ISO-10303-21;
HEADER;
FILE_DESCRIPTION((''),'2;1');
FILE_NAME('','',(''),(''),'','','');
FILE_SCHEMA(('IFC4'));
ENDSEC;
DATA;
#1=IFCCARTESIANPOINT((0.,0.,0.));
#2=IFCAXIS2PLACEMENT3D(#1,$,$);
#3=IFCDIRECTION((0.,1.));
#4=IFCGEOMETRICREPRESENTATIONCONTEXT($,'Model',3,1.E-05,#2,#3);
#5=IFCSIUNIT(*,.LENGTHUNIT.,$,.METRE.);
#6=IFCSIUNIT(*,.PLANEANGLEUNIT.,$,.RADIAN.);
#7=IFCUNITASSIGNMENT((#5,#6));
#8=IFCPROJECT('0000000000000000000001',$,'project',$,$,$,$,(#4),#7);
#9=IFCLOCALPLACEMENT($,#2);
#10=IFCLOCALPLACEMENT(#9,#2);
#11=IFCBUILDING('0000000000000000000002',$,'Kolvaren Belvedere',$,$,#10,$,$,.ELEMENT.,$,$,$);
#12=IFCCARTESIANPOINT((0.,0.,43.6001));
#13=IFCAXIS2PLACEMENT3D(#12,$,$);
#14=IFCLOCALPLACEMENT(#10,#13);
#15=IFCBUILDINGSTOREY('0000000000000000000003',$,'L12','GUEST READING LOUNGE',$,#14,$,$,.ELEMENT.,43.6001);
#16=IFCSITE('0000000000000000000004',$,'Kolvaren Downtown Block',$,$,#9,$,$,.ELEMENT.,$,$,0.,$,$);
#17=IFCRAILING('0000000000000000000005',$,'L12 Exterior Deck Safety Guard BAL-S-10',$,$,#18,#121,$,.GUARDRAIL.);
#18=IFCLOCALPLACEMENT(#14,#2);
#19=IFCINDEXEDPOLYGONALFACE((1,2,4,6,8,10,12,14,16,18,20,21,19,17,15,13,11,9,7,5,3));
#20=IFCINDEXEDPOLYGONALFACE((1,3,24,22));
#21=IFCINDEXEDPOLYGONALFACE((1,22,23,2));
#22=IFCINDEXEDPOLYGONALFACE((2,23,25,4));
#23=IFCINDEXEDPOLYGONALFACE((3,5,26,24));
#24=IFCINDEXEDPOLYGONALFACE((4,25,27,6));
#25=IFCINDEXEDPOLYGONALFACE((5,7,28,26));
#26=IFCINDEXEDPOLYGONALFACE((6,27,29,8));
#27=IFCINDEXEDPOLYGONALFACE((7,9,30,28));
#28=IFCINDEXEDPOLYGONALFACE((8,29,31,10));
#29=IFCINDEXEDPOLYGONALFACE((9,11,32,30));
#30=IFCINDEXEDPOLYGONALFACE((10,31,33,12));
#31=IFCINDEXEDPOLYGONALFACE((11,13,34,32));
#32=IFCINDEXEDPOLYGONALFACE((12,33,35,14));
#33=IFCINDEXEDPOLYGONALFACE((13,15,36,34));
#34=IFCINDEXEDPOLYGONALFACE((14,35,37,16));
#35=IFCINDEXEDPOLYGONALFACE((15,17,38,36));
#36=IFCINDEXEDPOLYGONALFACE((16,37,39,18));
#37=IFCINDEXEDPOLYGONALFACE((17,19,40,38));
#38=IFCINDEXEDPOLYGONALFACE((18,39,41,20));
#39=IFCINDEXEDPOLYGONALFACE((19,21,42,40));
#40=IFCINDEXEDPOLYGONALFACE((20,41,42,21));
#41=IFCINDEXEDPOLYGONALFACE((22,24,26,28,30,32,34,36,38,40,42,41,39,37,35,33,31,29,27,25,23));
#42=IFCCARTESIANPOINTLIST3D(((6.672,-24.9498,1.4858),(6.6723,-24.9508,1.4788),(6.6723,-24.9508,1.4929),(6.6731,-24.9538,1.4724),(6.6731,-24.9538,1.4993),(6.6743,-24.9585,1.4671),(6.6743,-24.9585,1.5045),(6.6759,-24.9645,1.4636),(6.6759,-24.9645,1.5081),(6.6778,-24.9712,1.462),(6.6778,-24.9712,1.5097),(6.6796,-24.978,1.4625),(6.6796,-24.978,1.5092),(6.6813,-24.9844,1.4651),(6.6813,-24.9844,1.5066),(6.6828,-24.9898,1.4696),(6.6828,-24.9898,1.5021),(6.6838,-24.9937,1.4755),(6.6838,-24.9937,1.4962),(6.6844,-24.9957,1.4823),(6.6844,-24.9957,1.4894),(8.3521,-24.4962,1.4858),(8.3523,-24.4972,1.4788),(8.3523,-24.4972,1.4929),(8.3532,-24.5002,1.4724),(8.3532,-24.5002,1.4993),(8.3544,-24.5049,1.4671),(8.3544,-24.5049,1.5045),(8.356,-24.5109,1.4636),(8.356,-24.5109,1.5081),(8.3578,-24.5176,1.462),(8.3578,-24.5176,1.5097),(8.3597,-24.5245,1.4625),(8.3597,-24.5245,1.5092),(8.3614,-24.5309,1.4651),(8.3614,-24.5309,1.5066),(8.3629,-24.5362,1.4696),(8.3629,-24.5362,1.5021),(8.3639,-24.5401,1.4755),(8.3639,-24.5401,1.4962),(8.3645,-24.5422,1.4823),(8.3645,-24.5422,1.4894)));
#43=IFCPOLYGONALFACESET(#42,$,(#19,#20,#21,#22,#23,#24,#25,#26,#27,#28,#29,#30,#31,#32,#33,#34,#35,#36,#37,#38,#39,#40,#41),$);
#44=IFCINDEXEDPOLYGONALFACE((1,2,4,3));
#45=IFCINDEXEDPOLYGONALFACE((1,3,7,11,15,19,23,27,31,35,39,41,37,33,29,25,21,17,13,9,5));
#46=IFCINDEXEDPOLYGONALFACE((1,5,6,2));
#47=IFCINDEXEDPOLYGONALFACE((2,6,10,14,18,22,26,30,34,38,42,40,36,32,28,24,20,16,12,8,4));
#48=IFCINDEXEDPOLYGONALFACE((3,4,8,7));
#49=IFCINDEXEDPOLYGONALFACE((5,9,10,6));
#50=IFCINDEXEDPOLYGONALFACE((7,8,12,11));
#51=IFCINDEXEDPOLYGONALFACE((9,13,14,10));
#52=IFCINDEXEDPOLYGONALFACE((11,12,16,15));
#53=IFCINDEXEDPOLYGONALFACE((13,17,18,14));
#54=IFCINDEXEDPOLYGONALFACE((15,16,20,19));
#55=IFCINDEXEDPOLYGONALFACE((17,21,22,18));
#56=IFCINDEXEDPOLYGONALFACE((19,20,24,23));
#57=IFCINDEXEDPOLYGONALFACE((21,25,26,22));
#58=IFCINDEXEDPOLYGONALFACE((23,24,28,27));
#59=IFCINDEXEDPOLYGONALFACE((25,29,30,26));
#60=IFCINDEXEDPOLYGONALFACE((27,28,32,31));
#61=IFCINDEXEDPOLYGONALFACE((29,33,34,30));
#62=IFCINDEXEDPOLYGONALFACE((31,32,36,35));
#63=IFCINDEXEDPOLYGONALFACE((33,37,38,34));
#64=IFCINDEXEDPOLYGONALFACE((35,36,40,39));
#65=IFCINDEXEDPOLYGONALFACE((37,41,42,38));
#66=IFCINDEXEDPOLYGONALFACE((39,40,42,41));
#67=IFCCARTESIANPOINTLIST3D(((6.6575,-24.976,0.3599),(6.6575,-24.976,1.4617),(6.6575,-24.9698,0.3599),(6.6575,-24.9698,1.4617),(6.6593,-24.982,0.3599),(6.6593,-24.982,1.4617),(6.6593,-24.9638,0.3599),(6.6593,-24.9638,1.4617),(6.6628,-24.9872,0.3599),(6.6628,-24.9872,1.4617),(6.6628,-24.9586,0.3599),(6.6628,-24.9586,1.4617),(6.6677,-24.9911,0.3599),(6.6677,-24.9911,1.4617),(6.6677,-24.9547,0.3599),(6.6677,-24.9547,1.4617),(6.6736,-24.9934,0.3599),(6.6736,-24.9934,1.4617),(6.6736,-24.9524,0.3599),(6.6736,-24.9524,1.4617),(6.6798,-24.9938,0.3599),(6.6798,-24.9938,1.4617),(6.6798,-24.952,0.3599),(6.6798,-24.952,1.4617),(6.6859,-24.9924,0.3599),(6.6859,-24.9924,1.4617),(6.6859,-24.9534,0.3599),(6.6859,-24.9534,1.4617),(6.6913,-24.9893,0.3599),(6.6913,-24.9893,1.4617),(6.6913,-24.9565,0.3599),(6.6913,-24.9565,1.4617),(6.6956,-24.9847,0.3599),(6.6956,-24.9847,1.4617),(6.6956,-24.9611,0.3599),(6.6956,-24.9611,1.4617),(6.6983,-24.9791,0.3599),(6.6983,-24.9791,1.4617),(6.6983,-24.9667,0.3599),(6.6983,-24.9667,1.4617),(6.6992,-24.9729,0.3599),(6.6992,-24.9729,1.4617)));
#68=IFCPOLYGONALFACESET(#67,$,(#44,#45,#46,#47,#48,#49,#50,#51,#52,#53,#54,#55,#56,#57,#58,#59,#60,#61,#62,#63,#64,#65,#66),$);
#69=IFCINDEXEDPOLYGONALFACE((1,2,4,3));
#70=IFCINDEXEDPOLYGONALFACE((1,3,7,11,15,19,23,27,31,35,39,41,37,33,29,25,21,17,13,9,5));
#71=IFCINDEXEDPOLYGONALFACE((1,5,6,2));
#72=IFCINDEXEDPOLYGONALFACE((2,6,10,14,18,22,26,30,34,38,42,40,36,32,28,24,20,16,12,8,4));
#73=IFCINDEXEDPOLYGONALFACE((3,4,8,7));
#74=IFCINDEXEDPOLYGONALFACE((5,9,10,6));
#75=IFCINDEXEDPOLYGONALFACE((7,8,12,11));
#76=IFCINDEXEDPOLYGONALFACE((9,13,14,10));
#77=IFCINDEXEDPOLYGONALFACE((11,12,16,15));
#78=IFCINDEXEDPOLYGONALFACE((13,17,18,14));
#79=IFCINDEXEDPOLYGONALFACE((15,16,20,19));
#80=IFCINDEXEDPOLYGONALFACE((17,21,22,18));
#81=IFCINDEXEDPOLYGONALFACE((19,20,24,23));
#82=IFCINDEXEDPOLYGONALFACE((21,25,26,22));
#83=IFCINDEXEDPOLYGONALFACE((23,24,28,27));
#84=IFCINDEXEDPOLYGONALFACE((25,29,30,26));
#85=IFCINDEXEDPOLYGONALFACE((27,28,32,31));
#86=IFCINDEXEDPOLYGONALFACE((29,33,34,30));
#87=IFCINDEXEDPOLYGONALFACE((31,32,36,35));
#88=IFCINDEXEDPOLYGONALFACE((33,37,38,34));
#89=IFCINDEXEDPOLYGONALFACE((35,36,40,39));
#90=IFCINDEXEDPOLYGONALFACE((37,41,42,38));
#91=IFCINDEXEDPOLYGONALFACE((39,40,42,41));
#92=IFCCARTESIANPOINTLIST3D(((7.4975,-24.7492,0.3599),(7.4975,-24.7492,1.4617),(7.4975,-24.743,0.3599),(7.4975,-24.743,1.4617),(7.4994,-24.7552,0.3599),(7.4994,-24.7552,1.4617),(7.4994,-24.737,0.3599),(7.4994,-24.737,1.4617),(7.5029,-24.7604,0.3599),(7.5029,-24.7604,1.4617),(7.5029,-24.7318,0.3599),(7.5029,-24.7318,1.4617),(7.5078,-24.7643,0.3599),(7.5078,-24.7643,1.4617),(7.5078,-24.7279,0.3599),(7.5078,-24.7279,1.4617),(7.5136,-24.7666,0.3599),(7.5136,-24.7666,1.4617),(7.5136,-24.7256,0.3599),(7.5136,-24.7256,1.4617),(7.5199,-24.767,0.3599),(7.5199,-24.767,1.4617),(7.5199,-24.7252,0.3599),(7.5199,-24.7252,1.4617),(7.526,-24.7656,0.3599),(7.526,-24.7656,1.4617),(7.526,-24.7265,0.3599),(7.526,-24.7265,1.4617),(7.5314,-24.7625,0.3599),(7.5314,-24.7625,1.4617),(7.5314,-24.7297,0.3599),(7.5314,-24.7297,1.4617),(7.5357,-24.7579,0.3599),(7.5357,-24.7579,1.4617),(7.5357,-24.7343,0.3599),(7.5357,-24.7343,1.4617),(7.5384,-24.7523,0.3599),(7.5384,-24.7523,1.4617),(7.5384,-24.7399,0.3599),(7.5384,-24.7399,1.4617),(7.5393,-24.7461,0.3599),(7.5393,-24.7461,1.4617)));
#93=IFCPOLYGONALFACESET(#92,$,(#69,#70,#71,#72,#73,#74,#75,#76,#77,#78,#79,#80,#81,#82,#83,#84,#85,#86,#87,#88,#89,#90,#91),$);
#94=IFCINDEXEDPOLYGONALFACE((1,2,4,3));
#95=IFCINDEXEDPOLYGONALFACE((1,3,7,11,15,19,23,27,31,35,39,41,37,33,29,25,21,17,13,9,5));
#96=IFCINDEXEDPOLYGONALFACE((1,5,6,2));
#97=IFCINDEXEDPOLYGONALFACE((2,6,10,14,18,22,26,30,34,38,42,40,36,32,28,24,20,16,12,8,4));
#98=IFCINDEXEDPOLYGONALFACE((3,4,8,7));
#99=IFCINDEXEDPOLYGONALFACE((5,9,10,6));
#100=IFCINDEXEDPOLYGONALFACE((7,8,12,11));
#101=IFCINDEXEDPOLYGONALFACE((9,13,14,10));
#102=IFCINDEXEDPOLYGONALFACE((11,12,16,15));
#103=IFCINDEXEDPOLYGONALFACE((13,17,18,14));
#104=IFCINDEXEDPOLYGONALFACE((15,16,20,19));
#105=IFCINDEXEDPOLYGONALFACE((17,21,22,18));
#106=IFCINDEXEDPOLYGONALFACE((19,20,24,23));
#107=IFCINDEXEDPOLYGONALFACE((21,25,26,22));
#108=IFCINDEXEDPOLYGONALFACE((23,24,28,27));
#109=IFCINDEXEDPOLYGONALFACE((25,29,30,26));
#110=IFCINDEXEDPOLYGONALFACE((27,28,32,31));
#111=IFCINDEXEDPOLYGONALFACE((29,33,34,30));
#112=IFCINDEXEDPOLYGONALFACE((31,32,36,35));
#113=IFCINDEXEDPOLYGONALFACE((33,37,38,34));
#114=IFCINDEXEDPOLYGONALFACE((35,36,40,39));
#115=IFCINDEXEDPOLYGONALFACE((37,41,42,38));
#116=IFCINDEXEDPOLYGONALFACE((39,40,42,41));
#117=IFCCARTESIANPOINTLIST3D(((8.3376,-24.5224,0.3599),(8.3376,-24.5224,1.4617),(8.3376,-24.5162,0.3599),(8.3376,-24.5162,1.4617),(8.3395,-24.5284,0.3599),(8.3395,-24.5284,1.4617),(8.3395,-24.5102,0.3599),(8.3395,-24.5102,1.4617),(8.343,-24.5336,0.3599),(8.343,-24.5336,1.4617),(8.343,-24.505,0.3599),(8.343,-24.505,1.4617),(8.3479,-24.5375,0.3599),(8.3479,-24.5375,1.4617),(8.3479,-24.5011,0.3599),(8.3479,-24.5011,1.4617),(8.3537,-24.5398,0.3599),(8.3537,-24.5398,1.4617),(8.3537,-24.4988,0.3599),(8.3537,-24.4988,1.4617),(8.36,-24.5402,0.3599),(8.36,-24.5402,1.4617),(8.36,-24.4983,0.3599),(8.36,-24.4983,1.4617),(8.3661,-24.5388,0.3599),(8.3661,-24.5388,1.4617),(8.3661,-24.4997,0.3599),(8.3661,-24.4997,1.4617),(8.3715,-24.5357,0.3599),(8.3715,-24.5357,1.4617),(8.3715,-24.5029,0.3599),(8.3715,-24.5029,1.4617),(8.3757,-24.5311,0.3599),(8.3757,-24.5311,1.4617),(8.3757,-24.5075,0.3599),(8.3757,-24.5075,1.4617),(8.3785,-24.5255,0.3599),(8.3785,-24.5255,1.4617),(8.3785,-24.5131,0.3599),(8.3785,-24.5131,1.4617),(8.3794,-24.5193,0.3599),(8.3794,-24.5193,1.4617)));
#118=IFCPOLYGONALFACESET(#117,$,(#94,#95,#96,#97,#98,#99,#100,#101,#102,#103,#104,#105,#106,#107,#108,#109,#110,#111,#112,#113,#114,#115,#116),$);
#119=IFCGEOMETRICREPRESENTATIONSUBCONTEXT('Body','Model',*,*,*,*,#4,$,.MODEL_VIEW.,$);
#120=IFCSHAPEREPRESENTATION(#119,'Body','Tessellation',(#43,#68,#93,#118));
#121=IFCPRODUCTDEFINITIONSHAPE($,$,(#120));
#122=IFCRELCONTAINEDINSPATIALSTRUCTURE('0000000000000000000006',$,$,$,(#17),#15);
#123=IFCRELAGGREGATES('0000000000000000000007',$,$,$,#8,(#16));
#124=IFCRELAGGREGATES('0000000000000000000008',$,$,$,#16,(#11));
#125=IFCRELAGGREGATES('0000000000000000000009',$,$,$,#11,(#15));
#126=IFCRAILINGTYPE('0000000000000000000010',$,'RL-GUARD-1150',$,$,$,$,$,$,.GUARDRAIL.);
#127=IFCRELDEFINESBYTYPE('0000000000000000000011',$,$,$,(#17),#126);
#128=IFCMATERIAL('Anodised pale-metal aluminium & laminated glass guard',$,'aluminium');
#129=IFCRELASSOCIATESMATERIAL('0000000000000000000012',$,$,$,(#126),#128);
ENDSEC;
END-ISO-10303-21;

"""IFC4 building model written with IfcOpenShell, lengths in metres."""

from ifc_helpers import new_model, si_unit, direction, frame, origin, origin_2d, place, context, subcontext, project, spatial, circle, extrude, material, type_object, element, save


model = new_model("IFC4")

# Units and contexts
model_context = context("Model", 3, precision=1e-05, world=origin(), true_north=direction((0.0, 1.0)))
body_context = subcontext(model_context, "Body", "Model", "MODEL_VIEW")
ifc_project = project(units=[si_unit("LENGTHUNIT", "METRE"), si_unit("PLANEANGLEUNIT", "RADIAN")], contexts=[model_context])

# Site, building, storey
site_placement = place(None, origin())
site = spatial("IfcSite", under=ifc_project, at=site_placement, Name="Kolvaren Downtown Block", CompositionType="ELEMENT", RefElevation=0.0)
building_placement = place(site_placement, origin())
building = spatial("IfcBuilding", under=site, at=building_placement, Name="Kolvaren Belvedere", CompositionType="ELEMENT")
storey_placement = place(building_placement, frame((0.0, 0.0, 43.6001)))
storey = spatial("IfcBuildingStorey", under=building, at=storey_placement, Name="L12", Description="GUEST READING LOUNGE", CompositionType="ELEMENT", Elevation=43.6001)

# Railing
ifc_material_1 = material(Name="Anodised pale-metal aluminium & laminated glass guard", Category="aluminium")
railing_type = type_object("IfcRailingType", Name="RL-GUARD-1150", PredefinedType="GUARDRAIL", material=ifc_material_1)
railing_1_placement = place(storey_placement, frame((6.6782, -24.9729, 0.3599)))
element("IfcRailing", 1, at=railing_1_placement, inside=storey, type_object=railing_type, Name="L12 Exterior Deck Safety Guard BAL-S-10", PredefinedType="GUARDRAIL", context=body_context, shape_type="SweptSolid", body=[
    extrude(circle(Radius=0.0239, at=origin_2d()), frame((0.0, 0.0, 1.126), z_axis=(0.965434, 0.260648, 0.0), x_axis=(-0.260648, 0.965434, 0.0)), (0.0, 0.0, 1.0), 1.7402),
    extrude(circle(Radius=0.021, at=origin_2d()), origin(), (0.0, 0.0, 1.0), 1.1018),
    extrude(circle(Radius=0.021, at=origin_2d()), frame((0.8401, 0.2268, 0.0)), (0.0, 0.0, 1.0), 1.1018),
    extrude(circle(Radius=0.021, at=origin_2d()), frame((1.6802, 0.4536, 0.0)), (0.0, 0.0, 1.0), 1.1018),
])

save(model, "model.ifc")
